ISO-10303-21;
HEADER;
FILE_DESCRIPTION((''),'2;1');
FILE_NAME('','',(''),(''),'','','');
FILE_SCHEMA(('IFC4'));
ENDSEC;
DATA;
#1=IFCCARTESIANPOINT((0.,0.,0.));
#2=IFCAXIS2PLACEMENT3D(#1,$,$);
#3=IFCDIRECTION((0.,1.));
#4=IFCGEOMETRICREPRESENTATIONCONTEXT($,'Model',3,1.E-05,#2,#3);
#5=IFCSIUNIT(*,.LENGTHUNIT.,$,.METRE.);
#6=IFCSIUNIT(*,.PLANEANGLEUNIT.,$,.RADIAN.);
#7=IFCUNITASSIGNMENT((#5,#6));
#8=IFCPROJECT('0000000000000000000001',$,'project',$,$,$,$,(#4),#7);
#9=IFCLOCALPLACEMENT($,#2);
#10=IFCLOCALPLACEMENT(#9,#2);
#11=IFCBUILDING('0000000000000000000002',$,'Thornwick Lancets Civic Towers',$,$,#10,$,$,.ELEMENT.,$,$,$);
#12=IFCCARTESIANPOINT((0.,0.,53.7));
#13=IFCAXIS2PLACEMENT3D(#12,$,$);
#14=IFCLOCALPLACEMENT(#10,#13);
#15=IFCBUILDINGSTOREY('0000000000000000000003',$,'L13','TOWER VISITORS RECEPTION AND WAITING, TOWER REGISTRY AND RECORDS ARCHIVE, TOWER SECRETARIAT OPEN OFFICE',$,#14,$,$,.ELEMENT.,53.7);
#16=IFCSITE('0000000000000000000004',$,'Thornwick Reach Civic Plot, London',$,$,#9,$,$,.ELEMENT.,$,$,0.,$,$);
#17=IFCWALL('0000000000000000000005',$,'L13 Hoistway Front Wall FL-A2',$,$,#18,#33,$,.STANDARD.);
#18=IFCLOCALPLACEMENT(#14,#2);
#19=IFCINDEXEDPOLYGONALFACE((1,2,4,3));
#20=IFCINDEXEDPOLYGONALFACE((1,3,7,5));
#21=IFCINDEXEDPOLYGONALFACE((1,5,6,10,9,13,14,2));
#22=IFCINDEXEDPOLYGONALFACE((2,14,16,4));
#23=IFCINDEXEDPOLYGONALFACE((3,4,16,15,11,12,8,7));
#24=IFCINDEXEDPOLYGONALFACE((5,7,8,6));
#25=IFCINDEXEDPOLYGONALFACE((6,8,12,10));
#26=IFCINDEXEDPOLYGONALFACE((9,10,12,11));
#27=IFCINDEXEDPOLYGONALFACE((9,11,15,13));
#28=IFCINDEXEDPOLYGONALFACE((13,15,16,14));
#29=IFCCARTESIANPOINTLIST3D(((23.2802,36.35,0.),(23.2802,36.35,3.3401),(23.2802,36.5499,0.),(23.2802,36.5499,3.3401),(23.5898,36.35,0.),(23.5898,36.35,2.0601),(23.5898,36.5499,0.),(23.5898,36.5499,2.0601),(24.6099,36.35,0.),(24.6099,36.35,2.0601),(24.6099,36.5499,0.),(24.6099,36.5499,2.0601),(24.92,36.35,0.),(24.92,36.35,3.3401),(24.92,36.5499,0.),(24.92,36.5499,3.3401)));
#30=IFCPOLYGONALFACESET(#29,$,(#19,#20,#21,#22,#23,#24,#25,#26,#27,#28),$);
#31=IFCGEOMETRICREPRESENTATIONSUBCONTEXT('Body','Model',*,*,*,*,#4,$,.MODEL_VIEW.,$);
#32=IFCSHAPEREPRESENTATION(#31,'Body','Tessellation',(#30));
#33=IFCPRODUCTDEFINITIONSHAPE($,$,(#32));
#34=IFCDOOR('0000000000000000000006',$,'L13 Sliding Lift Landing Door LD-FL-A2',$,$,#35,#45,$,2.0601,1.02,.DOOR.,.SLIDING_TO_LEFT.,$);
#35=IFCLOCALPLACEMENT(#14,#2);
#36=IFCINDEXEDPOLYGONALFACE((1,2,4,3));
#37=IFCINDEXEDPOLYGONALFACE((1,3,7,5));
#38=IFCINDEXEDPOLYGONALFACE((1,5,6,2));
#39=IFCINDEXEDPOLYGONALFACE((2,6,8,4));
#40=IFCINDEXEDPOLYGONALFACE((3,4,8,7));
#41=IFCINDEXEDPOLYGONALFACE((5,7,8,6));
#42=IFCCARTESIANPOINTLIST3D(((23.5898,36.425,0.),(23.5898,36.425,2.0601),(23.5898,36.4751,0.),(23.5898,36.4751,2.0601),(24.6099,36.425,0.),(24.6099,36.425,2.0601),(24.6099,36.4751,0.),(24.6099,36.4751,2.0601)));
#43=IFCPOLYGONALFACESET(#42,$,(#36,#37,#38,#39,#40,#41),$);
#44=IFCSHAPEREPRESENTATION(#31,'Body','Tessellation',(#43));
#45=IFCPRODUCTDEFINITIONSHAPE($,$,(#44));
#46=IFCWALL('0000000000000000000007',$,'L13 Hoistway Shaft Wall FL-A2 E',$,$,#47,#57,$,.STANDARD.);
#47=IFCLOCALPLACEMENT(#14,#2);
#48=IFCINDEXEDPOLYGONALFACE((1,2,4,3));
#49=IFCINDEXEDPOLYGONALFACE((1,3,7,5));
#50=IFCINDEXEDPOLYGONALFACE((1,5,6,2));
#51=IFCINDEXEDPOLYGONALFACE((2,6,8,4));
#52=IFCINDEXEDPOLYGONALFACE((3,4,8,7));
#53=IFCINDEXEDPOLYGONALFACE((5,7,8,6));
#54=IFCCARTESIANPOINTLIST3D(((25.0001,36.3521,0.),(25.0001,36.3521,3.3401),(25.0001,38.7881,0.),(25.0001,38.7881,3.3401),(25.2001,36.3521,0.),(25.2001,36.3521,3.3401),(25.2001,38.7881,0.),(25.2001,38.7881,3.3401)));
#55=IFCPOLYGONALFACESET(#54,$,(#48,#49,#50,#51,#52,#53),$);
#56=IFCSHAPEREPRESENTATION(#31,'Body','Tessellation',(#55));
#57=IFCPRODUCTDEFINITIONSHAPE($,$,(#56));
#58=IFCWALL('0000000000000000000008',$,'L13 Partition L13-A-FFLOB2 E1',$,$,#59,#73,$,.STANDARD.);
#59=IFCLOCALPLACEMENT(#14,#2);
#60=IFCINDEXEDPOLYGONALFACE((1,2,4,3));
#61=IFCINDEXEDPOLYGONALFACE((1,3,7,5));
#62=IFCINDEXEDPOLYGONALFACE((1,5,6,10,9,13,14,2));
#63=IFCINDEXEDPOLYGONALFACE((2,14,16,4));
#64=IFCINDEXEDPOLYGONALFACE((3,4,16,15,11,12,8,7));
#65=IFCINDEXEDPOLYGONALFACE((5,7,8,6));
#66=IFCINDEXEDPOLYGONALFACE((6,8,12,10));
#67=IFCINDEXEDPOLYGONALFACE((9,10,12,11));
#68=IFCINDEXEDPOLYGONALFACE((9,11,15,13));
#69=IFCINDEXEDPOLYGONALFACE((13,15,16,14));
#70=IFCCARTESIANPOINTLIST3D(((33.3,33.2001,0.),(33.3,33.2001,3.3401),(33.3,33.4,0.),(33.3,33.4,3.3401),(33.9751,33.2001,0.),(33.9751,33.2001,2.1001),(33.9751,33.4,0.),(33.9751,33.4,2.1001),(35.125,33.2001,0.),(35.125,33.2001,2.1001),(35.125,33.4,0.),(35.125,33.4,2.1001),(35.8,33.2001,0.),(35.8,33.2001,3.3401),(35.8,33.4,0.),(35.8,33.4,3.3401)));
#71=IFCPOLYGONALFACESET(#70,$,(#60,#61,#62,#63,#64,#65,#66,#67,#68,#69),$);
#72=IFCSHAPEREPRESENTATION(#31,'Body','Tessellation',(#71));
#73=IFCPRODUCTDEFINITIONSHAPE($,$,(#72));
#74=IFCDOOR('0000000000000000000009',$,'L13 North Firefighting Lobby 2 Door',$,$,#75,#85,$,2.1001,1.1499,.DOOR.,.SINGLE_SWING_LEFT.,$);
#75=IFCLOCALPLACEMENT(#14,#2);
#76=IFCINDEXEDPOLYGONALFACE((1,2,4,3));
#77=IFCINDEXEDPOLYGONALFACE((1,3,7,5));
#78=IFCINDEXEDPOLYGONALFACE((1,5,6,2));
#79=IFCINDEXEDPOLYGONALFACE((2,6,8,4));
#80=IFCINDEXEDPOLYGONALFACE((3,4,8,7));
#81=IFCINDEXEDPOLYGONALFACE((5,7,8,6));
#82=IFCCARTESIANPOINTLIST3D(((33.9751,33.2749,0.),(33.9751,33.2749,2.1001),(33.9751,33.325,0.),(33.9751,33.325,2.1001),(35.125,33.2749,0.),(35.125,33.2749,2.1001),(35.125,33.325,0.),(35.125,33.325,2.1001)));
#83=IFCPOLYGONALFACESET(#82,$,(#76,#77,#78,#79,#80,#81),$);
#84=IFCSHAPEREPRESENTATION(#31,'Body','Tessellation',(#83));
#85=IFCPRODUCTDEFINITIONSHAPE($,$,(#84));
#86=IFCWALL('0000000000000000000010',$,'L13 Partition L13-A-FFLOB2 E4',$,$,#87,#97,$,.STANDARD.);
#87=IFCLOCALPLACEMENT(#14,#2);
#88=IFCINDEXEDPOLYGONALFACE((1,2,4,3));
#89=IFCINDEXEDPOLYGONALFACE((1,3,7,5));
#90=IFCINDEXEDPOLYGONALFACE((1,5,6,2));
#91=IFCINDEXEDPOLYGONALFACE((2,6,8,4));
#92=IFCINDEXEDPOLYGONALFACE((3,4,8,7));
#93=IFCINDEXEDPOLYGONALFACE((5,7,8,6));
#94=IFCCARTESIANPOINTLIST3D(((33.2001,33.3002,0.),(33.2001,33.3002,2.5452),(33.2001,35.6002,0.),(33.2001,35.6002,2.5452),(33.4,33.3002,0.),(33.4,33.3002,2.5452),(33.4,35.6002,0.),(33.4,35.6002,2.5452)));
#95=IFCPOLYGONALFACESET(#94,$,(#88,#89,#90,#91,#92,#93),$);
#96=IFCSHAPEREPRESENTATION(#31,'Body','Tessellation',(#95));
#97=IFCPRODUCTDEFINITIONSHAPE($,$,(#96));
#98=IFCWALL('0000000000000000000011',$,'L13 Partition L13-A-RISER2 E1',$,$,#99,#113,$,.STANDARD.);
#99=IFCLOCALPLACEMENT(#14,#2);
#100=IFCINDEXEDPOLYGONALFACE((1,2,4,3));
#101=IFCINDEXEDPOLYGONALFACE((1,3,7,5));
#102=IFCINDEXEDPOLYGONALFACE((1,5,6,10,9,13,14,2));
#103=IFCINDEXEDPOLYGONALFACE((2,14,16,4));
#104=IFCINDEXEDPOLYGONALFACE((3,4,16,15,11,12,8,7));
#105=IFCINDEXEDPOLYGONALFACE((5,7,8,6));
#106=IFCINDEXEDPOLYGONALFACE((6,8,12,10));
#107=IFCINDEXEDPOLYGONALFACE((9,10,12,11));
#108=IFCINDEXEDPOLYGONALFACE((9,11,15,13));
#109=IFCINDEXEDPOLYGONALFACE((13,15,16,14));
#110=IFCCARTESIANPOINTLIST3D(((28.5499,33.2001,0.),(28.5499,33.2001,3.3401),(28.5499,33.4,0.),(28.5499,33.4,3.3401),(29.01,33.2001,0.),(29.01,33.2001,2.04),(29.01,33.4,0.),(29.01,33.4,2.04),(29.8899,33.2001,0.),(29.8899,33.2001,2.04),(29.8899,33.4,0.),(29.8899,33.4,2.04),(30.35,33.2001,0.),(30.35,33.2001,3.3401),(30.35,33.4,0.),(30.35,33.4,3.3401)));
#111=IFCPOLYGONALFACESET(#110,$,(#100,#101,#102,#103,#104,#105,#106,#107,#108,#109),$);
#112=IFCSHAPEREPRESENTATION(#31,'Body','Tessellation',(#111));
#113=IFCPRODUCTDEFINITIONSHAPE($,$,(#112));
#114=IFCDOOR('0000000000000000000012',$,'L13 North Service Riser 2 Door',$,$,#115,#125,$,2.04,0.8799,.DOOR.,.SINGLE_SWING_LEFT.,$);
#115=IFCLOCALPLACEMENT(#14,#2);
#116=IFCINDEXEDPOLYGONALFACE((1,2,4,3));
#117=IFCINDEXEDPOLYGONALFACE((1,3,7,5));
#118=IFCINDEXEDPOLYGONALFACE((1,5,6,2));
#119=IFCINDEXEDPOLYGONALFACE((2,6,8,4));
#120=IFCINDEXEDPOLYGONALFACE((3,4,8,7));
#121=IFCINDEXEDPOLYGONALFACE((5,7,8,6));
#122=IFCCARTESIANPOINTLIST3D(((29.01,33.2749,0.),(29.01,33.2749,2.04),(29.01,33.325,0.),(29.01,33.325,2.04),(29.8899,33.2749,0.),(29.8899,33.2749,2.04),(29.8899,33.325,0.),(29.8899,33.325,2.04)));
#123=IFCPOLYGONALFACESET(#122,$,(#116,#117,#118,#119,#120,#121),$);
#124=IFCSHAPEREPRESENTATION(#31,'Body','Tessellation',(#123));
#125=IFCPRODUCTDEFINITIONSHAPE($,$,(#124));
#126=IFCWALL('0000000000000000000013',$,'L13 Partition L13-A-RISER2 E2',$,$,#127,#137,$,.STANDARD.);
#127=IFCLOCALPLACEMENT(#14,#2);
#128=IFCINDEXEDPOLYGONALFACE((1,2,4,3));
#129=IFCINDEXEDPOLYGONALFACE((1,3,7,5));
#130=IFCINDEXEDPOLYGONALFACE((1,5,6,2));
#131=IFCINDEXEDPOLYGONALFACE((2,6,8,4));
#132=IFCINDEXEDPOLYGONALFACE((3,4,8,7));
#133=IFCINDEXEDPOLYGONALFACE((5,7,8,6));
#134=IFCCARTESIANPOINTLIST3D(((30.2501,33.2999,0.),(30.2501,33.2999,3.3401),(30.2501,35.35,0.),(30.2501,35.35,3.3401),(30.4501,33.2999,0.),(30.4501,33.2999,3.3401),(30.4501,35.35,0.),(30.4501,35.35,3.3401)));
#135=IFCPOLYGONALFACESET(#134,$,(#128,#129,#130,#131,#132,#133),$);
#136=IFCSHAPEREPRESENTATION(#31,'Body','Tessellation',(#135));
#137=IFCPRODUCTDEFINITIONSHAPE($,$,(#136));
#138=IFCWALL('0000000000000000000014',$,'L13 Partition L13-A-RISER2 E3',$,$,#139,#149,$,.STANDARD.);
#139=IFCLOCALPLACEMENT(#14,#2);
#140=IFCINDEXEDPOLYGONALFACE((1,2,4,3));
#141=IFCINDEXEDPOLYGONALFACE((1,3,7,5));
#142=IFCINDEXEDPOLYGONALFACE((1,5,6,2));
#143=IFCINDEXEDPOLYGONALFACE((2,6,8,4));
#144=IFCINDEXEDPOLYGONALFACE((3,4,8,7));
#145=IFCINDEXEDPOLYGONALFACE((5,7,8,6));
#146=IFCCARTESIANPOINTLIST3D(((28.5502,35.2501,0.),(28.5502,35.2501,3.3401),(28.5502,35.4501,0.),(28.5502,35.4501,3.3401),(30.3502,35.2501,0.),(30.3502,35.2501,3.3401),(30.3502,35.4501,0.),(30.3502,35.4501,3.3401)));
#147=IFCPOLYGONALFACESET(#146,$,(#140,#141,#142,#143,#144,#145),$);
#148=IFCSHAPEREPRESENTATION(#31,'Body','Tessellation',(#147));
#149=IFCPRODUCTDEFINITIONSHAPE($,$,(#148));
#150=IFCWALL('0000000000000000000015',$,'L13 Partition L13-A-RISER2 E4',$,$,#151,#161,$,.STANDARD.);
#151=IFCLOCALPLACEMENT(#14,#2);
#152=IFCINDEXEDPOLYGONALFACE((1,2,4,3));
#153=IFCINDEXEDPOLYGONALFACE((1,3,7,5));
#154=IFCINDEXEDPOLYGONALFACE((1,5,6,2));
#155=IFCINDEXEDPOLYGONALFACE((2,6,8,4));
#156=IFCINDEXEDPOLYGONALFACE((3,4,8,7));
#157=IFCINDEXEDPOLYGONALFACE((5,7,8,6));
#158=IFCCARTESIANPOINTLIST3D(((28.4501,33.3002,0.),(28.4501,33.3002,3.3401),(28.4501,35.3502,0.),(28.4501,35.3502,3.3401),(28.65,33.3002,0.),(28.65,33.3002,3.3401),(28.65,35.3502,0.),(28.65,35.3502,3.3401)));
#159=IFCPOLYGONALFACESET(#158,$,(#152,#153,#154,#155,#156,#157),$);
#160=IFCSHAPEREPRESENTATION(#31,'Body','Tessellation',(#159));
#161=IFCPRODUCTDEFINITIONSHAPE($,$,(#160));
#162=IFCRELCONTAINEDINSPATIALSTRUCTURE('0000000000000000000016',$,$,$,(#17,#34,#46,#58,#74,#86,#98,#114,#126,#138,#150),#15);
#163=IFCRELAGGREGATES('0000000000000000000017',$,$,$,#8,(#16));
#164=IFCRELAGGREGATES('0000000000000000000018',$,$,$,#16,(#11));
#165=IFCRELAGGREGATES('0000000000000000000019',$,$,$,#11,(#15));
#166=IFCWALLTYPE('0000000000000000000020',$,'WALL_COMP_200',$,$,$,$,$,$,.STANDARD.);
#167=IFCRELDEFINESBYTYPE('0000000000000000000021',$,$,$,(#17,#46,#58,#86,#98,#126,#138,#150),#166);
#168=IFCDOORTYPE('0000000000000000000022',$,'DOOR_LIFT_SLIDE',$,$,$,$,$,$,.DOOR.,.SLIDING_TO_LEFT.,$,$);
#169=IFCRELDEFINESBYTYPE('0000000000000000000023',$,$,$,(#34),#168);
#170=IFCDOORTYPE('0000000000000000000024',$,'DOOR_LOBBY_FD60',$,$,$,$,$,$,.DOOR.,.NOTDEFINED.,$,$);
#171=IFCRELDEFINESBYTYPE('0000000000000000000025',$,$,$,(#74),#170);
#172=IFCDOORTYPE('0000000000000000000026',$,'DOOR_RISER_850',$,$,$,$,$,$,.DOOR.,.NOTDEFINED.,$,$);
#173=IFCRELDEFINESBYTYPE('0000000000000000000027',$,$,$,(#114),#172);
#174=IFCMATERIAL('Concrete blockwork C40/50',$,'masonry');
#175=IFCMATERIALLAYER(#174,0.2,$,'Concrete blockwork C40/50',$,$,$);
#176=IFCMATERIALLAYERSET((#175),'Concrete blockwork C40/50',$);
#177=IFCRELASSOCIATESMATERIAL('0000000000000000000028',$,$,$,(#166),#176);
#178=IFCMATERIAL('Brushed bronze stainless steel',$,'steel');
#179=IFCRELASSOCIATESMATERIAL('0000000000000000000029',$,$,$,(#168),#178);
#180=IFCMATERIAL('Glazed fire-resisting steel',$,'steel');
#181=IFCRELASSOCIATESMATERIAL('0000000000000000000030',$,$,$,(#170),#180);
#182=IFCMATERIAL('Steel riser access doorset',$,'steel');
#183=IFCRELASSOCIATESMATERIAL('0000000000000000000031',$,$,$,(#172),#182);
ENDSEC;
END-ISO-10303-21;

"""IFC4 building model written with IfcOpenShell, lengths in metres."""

from ifc_helpers import new_model, si_unit, direction, frame, frame_2d, origin, place, context, subcontext, project, spatial, rectangle, extrude, material, layer, layer_set, type_object, element, fill, save


model = new_model("IFC4")

# Units and contexts
model_context = context("Model", 3, precision=1e-05, world=origin(), true_north=direction((0.0, 1.0)))
body_context = subcontext(model_context, "Body", "Model", "MODEL_VIEW")
ifc_project = project(units=[si_unit("LENGTHUNIT", "METRE"), si_unit("PLANEANGLEUNIT", "RADIAN")], contexts=[model_context])

# Site, building, storey
site_placement = place(None, origin())
site = spatial("IfcSite", under=ifc_project, at=site_placement, Name="Thornwick Reach Civic Plot, London", CompositionType="ELEMENT", RefElevation=0.0)
building_placement = place(site_placement, origin())
building = spatial("IfcBuilding", under=site, at=building_placement, Name="Thornwick Lancets Civic Towers", CompositionType="ELEMENT")
storey_placement = place(building_placement, frame((0.0, 0.0, 53.7)))
storey = spatial("IfcBuildingStorey", under=building, at=storey_placement, Name="L13", Description="TOWER VISITORS RECEPTION AND WAITING, TOWER REGISTRY AND RECORDS ARCHIVE, TOWER SECRETARIAT OPEN OFFICE", CompositionType="ELEMENT", Elevation=53.7)

# Wall, opening, door
ifc_material_1 = material(Name="Concrete blockwork C40/50", Category="masonry")
ifc_layer_1 = layer(ifc_material_1, 0.2, Name="Concrete blockwork C40/50")
ifc_layer_set_1 = layer_set([ifc_layer_1], Name="Concrete blockwork C40/50")
wall_type_1 = type_object("IfcWallType", Name="WALL_COMP_200", PredefinedType="STANDARD", material=ifc_layer_set_1)
wall_1_placement = place(storey_placement, frame((24.9199, 36.45, 0.0), z_axis=(0.0, 0.0, 1.0), x_axis=(-1.0, 0.0, 0.0)))
wall_1 = element("IfcWall", 1, at=wall_1_placement, inside=storey, type_object=wall_type_1, Name="L13 Hoistway Front Wall FL-A2", PredefinedType="STANDARD", context=body_context, shape_type="SweptSolid", body=[
    extrude(rectangle(XDim=1.6399, YDim=0.2, at=frame_2d((0.8198, 0.0))), origin(), (0.0, 0.0, 1.0), 3.3401),
])
opening_1_placement = place(wall_1_placement, frame((0.3101, 0.0, 0.0)))
opening_1 = element("IfcOpeningElement", 2, at=opening_1_placement, cuts=wall_1, PredefinedType="OPENING", context=body_context, shape_type="SweptSolid", body=[
    extrude(rectangle(XDim=1.02, YDim=2.0601, at=frame_2d((0.51, 1.03))), frame((0.0, 0.1099, 0.0), z_axis=(0.0, -1.0, 0.0), x_axis=(1.0, 0.0, 0.0)), (0.0, 0.0, 1.0), 0.22),
])
ifc_material_2 = material(Name="Brushed bronze stainless steel", Category="steel")
door_type_1 = type_object("IfcDoorType", Name="DOOR_LIFT_SLIDE", OperationType="SLIDING_TO_LEFT", PredefinedType="DOOR", material=ifc_material_2)
door_1_placement = place(opening_1_placement, origin())
door_1 = element("IfcDoor", 3, at=door_1_placement, inside=storey, type_object=door_type_1, Name="L13 Sliding Lift Landing Door LD-FL-A2", OperationType="SLIDING_TO_LEFT", OverallHeight=2.0601, OverallWidth=1.02, PredefinedType="DOOR", context=body_context, shape_type="SweptSolid", body=[
    extrude(rectangle(XDim=1.02, YDim=2.0601, at=frame_2d((0.51, 1.03))), frame((0.0, 0.0249, 0.0), z_axis=(0.0, -1.0, 0.0), x_axis=(1.0, 0.0, 0.0)), (0.0, 0.0, 1.0), 0.05),
])
fill(opening_1, door_1)

# Wall
wall_2_placement = place(storey_placement, frame((25.1001, 36.3521, 0.0), z_axis=(0.0, 0.0, 1.0), x_axis=(0.0, 1.0, 0.0)))
element("IfcWall", 4, at=wall_2_placement, inside=storey, type_object=wall_type_1, Name="L13 Hoistway Shaft Wall FL-A2 E", PredefinedType="STANDARD", context=body_context, shape_type="SweptSolid", body=[
    extrude(rectangle(XDim=2.436, YDim=0.2, at=frame_2d((1.218, 0.0))), origin(), (0.0, 0.0, 1.0), 3.3401),
])

# Wall, opening, door
wall_3_placement = place(storey_placement, frame((33.3, 33.3, 0.0), z_axis=(0.0, 0.0, 1.0), x_axis=(1.0, 0.0, 0.0)))
wall_3 = element("IfcWall", 5, at=wall_3_placement, inside=storey, type_object=wall_type_1, Name="L13 Partition L13-A-FFLOB2 E1", PredefinedType="STANDARD", context=body_context, shape_type="SweptSolid", body=[
    extrude(rectangle(XDim=2.5, YDim=0.2, at=frame_2d((1.25, 0.0))), origin(), (0.0, 0.0, 1.0), 3.3401),
])
opening_2_placement = place(wall_3_placement, frame((0.675, 0.0, 0.0)))
opening_2 = element("IfcOpeningElement", 6, at=opening_2_placement, cuts=wall_3, PredefinedType="OPENING", context=body_context, shape_type="SweptSolid", body=[
    extrude(rectangle(XDim=1.1499, YDim=2.1001, at=frame_2d((0.575, 1.05))), frame((0.0, 0.1099, 0.0), z_axis=(0.0, -1.0, 0.0), x_axis=(1.0, 0.0, 0.0)), (0.0, 0.0, 1.0), 0.22),
])
ifc_material_3 = material(Name="Glazed fire-resisting steel", Category="steel")
door_type_2 = type_object("IfcDoorType", Name="DOOR_LOBBY_FD60", OperationType="NOTDEFINED", PredefinedType="DOOR", material=ifc_material_3)
door_2_placement = place(opening_2_placement, origin())
door_2 = element("IfcDoor", 7, at=door_2_placement, inside=storey, type_object=door_type_2, Name="L13 North Firefighting Lobby 2 Door", OperationType="SINGLE_SWING_LEFT", OverallHeight=2.1001, OverallWidth=1.1499, PredefinedType="DOOR", context=body_context, shape_type="SweptSolid", body=[
    extrude(rectangle(XDim=1.1499, YDim=2.1001, at=frame_2d((0.575, 1.05))), frame((0.0, 0.0249, 0.0), z_axis=(0.0, -1.0, 0.0), x_axis=(1.0, 0.0, 0.0)), (0.0, 0.0, 1.0), 0.05),
])
fill(opening_2, door_2)

# Wall
wall_4_placement = place(storey_placement, frame((33.3, 35.6001, 0.0), z_axis=(0.0, 0.0, 1.0), x_axis=(0.0, -1.0, 0.0)))
element("IfcWall", 8, at=wall_4_placement, inside=storey, type_object=wall_type_1, Name="L13 Partition L13-A-FFLOB2 E4", PredefinedType="STANDARD", context=body_context, shape_type="SweptSolid", body=[
    extrude(rectangle(XDim=2.3, YDim=0.2, at=frame_2d((1.1499, 0.0))), origin(), (0.0, 0.0, 1.0), 2.5452),
])

# Wall, opening, door
wall_5_placement = place(storey_placement, frame((28.55, 33.3, 0.0), z_axis=(0.0, 0.0, 1.0), x_axis=(1.0, 0.0, 0.0)))
wall_5 = element("IfcWall", 9, at=wall_5_placement, inside=storey, type_object=wall_type_1, Name="L13 Partition L13-A-RISER2 E1", PredefinedType="STANDARD", context=body_context, shape_type="SweptSolid", body=[
    extrude(rectangle(XDim=1.8, YDim=0.2, at=frame_2d((0.8999, 0.0))), origin(), (0.0, 0.0, 1.0), 3.3401),
])
opening_3_placement = place(wall_5_placement, frame((0.46, 0.0, 0.0)))
opening_3 = element("IfcOpeningElement", 10, at=opening_3_placement, cuts=wall_5, PredefinedType="OPENING", context=body_context, shape_type="SweptSolid", body=[
    extrude(rectangle(XDim=0.8799, YDim=2.04, at=frame_2d((0.4399, 1.02))), frame((0.0, 0.1099, 0.0), z_axis=(0.0, -1.0, 0.0), x_axis=(1.0, 0.0, 0.0)), (0.0, 0.0, 1.0), 0.22),
])
ifc_material_4 = material(Name="Steel riser access doorset", Category="steel")
door_type_3 = type_object("IfcDoorType", Name="DOOR_RISER_850", OperationType="NOTDEFINED", PredefinedType="DOOR", material=ifc_material_4)
door_3_placement = place(opening_3_placement, origin())
door_3 = element("IfcDoor", 11, at=door_3_placement, inside=storey, type_object=door_type_3, Name="L13 North Service Riser 2 Door", OperationType="SINGLE_SWING_LEFT", OverallHeight=2.04, OverallWidth=0.8799, PredefinedType="DOOR", context=body_context, shape_type="SweptSolid", body=[
    extrude(rectangle(XDim=0.8799, YDim=2.04, at=frame_2d((0.4399, 1.02))), frame((0.0, 0.0249, 0.0), z_axis=(0.0, -1.0, 0.0), x_axis=(1.0, 0.0, 0.0)), (0.0, 0.0, 1.0), 0.05),
])
fill(opening_3, door_3)

# Walls
wall_6_placement = place(storey_placement, frame((30.3501, 33.3, 0.0), z_axis=(0.0, 0.0, 1.0), x_axis=(0.0, 1.0, 0.0)))
element("IfcWall", 12, at=wall_6_placement, inside=storey, type_object=wall_type_1, Name="L13 Partition L13-A-RISER2 E2", PredefinedType="STANDARD", context=body_context, shape_type="SweptSolid", body=[
    extrude(rectangle(XDim=2.05, YDim=0.2, at=frame_2d((1.0249, 0.0))), origin(), (0.0, 0.0, 1.0), 3.3401),
])
wall_7_placement = place(storey_placement, frame((30.3501, 35.3501, 0.0), z_axis=(0.0, 0.0, 1.0), x_axis=(-1.0, 0.0, 0.0)))
element("IfcWall", 13, at=wall_7_placement, inside=storey, type_object=wall_type_1, Name="L13 Partition L13-A-RISER2 E3", PredefinedType="STANDARD", context=body_context, shape_type="SweptSolid", body=[
    extrude(rectangle(XDim=1.8, YDim=0.2, at=frame_2d((0.8999, 0.0))), origin(), (0.0, 0.0, 1.0), 3.3401),
])
wall_8_placement = place(storey_placement, frame((28.55, 35.3501, 0.0), z_axis=(0.0, 0.0, 1.0), x_axis=(0.0, -1.0, 0.0)))
element("IfcWall", 14, at=wall_8_placement, inside=storey, type_object=wall_type_1, Name="L13 Partition L13-A-RISER2 E4", PredefinedType="STANDARD", context=body_context, shape_type="SweptSolid", body=[
    extrude(rectangle(XDim=2.05, YDim=0.2, at=frame_2d((1.0249, 0.0))), origin(), (0.0, 0.0, 1.0), 3.3401),
])

save(model, "model.ifc")
